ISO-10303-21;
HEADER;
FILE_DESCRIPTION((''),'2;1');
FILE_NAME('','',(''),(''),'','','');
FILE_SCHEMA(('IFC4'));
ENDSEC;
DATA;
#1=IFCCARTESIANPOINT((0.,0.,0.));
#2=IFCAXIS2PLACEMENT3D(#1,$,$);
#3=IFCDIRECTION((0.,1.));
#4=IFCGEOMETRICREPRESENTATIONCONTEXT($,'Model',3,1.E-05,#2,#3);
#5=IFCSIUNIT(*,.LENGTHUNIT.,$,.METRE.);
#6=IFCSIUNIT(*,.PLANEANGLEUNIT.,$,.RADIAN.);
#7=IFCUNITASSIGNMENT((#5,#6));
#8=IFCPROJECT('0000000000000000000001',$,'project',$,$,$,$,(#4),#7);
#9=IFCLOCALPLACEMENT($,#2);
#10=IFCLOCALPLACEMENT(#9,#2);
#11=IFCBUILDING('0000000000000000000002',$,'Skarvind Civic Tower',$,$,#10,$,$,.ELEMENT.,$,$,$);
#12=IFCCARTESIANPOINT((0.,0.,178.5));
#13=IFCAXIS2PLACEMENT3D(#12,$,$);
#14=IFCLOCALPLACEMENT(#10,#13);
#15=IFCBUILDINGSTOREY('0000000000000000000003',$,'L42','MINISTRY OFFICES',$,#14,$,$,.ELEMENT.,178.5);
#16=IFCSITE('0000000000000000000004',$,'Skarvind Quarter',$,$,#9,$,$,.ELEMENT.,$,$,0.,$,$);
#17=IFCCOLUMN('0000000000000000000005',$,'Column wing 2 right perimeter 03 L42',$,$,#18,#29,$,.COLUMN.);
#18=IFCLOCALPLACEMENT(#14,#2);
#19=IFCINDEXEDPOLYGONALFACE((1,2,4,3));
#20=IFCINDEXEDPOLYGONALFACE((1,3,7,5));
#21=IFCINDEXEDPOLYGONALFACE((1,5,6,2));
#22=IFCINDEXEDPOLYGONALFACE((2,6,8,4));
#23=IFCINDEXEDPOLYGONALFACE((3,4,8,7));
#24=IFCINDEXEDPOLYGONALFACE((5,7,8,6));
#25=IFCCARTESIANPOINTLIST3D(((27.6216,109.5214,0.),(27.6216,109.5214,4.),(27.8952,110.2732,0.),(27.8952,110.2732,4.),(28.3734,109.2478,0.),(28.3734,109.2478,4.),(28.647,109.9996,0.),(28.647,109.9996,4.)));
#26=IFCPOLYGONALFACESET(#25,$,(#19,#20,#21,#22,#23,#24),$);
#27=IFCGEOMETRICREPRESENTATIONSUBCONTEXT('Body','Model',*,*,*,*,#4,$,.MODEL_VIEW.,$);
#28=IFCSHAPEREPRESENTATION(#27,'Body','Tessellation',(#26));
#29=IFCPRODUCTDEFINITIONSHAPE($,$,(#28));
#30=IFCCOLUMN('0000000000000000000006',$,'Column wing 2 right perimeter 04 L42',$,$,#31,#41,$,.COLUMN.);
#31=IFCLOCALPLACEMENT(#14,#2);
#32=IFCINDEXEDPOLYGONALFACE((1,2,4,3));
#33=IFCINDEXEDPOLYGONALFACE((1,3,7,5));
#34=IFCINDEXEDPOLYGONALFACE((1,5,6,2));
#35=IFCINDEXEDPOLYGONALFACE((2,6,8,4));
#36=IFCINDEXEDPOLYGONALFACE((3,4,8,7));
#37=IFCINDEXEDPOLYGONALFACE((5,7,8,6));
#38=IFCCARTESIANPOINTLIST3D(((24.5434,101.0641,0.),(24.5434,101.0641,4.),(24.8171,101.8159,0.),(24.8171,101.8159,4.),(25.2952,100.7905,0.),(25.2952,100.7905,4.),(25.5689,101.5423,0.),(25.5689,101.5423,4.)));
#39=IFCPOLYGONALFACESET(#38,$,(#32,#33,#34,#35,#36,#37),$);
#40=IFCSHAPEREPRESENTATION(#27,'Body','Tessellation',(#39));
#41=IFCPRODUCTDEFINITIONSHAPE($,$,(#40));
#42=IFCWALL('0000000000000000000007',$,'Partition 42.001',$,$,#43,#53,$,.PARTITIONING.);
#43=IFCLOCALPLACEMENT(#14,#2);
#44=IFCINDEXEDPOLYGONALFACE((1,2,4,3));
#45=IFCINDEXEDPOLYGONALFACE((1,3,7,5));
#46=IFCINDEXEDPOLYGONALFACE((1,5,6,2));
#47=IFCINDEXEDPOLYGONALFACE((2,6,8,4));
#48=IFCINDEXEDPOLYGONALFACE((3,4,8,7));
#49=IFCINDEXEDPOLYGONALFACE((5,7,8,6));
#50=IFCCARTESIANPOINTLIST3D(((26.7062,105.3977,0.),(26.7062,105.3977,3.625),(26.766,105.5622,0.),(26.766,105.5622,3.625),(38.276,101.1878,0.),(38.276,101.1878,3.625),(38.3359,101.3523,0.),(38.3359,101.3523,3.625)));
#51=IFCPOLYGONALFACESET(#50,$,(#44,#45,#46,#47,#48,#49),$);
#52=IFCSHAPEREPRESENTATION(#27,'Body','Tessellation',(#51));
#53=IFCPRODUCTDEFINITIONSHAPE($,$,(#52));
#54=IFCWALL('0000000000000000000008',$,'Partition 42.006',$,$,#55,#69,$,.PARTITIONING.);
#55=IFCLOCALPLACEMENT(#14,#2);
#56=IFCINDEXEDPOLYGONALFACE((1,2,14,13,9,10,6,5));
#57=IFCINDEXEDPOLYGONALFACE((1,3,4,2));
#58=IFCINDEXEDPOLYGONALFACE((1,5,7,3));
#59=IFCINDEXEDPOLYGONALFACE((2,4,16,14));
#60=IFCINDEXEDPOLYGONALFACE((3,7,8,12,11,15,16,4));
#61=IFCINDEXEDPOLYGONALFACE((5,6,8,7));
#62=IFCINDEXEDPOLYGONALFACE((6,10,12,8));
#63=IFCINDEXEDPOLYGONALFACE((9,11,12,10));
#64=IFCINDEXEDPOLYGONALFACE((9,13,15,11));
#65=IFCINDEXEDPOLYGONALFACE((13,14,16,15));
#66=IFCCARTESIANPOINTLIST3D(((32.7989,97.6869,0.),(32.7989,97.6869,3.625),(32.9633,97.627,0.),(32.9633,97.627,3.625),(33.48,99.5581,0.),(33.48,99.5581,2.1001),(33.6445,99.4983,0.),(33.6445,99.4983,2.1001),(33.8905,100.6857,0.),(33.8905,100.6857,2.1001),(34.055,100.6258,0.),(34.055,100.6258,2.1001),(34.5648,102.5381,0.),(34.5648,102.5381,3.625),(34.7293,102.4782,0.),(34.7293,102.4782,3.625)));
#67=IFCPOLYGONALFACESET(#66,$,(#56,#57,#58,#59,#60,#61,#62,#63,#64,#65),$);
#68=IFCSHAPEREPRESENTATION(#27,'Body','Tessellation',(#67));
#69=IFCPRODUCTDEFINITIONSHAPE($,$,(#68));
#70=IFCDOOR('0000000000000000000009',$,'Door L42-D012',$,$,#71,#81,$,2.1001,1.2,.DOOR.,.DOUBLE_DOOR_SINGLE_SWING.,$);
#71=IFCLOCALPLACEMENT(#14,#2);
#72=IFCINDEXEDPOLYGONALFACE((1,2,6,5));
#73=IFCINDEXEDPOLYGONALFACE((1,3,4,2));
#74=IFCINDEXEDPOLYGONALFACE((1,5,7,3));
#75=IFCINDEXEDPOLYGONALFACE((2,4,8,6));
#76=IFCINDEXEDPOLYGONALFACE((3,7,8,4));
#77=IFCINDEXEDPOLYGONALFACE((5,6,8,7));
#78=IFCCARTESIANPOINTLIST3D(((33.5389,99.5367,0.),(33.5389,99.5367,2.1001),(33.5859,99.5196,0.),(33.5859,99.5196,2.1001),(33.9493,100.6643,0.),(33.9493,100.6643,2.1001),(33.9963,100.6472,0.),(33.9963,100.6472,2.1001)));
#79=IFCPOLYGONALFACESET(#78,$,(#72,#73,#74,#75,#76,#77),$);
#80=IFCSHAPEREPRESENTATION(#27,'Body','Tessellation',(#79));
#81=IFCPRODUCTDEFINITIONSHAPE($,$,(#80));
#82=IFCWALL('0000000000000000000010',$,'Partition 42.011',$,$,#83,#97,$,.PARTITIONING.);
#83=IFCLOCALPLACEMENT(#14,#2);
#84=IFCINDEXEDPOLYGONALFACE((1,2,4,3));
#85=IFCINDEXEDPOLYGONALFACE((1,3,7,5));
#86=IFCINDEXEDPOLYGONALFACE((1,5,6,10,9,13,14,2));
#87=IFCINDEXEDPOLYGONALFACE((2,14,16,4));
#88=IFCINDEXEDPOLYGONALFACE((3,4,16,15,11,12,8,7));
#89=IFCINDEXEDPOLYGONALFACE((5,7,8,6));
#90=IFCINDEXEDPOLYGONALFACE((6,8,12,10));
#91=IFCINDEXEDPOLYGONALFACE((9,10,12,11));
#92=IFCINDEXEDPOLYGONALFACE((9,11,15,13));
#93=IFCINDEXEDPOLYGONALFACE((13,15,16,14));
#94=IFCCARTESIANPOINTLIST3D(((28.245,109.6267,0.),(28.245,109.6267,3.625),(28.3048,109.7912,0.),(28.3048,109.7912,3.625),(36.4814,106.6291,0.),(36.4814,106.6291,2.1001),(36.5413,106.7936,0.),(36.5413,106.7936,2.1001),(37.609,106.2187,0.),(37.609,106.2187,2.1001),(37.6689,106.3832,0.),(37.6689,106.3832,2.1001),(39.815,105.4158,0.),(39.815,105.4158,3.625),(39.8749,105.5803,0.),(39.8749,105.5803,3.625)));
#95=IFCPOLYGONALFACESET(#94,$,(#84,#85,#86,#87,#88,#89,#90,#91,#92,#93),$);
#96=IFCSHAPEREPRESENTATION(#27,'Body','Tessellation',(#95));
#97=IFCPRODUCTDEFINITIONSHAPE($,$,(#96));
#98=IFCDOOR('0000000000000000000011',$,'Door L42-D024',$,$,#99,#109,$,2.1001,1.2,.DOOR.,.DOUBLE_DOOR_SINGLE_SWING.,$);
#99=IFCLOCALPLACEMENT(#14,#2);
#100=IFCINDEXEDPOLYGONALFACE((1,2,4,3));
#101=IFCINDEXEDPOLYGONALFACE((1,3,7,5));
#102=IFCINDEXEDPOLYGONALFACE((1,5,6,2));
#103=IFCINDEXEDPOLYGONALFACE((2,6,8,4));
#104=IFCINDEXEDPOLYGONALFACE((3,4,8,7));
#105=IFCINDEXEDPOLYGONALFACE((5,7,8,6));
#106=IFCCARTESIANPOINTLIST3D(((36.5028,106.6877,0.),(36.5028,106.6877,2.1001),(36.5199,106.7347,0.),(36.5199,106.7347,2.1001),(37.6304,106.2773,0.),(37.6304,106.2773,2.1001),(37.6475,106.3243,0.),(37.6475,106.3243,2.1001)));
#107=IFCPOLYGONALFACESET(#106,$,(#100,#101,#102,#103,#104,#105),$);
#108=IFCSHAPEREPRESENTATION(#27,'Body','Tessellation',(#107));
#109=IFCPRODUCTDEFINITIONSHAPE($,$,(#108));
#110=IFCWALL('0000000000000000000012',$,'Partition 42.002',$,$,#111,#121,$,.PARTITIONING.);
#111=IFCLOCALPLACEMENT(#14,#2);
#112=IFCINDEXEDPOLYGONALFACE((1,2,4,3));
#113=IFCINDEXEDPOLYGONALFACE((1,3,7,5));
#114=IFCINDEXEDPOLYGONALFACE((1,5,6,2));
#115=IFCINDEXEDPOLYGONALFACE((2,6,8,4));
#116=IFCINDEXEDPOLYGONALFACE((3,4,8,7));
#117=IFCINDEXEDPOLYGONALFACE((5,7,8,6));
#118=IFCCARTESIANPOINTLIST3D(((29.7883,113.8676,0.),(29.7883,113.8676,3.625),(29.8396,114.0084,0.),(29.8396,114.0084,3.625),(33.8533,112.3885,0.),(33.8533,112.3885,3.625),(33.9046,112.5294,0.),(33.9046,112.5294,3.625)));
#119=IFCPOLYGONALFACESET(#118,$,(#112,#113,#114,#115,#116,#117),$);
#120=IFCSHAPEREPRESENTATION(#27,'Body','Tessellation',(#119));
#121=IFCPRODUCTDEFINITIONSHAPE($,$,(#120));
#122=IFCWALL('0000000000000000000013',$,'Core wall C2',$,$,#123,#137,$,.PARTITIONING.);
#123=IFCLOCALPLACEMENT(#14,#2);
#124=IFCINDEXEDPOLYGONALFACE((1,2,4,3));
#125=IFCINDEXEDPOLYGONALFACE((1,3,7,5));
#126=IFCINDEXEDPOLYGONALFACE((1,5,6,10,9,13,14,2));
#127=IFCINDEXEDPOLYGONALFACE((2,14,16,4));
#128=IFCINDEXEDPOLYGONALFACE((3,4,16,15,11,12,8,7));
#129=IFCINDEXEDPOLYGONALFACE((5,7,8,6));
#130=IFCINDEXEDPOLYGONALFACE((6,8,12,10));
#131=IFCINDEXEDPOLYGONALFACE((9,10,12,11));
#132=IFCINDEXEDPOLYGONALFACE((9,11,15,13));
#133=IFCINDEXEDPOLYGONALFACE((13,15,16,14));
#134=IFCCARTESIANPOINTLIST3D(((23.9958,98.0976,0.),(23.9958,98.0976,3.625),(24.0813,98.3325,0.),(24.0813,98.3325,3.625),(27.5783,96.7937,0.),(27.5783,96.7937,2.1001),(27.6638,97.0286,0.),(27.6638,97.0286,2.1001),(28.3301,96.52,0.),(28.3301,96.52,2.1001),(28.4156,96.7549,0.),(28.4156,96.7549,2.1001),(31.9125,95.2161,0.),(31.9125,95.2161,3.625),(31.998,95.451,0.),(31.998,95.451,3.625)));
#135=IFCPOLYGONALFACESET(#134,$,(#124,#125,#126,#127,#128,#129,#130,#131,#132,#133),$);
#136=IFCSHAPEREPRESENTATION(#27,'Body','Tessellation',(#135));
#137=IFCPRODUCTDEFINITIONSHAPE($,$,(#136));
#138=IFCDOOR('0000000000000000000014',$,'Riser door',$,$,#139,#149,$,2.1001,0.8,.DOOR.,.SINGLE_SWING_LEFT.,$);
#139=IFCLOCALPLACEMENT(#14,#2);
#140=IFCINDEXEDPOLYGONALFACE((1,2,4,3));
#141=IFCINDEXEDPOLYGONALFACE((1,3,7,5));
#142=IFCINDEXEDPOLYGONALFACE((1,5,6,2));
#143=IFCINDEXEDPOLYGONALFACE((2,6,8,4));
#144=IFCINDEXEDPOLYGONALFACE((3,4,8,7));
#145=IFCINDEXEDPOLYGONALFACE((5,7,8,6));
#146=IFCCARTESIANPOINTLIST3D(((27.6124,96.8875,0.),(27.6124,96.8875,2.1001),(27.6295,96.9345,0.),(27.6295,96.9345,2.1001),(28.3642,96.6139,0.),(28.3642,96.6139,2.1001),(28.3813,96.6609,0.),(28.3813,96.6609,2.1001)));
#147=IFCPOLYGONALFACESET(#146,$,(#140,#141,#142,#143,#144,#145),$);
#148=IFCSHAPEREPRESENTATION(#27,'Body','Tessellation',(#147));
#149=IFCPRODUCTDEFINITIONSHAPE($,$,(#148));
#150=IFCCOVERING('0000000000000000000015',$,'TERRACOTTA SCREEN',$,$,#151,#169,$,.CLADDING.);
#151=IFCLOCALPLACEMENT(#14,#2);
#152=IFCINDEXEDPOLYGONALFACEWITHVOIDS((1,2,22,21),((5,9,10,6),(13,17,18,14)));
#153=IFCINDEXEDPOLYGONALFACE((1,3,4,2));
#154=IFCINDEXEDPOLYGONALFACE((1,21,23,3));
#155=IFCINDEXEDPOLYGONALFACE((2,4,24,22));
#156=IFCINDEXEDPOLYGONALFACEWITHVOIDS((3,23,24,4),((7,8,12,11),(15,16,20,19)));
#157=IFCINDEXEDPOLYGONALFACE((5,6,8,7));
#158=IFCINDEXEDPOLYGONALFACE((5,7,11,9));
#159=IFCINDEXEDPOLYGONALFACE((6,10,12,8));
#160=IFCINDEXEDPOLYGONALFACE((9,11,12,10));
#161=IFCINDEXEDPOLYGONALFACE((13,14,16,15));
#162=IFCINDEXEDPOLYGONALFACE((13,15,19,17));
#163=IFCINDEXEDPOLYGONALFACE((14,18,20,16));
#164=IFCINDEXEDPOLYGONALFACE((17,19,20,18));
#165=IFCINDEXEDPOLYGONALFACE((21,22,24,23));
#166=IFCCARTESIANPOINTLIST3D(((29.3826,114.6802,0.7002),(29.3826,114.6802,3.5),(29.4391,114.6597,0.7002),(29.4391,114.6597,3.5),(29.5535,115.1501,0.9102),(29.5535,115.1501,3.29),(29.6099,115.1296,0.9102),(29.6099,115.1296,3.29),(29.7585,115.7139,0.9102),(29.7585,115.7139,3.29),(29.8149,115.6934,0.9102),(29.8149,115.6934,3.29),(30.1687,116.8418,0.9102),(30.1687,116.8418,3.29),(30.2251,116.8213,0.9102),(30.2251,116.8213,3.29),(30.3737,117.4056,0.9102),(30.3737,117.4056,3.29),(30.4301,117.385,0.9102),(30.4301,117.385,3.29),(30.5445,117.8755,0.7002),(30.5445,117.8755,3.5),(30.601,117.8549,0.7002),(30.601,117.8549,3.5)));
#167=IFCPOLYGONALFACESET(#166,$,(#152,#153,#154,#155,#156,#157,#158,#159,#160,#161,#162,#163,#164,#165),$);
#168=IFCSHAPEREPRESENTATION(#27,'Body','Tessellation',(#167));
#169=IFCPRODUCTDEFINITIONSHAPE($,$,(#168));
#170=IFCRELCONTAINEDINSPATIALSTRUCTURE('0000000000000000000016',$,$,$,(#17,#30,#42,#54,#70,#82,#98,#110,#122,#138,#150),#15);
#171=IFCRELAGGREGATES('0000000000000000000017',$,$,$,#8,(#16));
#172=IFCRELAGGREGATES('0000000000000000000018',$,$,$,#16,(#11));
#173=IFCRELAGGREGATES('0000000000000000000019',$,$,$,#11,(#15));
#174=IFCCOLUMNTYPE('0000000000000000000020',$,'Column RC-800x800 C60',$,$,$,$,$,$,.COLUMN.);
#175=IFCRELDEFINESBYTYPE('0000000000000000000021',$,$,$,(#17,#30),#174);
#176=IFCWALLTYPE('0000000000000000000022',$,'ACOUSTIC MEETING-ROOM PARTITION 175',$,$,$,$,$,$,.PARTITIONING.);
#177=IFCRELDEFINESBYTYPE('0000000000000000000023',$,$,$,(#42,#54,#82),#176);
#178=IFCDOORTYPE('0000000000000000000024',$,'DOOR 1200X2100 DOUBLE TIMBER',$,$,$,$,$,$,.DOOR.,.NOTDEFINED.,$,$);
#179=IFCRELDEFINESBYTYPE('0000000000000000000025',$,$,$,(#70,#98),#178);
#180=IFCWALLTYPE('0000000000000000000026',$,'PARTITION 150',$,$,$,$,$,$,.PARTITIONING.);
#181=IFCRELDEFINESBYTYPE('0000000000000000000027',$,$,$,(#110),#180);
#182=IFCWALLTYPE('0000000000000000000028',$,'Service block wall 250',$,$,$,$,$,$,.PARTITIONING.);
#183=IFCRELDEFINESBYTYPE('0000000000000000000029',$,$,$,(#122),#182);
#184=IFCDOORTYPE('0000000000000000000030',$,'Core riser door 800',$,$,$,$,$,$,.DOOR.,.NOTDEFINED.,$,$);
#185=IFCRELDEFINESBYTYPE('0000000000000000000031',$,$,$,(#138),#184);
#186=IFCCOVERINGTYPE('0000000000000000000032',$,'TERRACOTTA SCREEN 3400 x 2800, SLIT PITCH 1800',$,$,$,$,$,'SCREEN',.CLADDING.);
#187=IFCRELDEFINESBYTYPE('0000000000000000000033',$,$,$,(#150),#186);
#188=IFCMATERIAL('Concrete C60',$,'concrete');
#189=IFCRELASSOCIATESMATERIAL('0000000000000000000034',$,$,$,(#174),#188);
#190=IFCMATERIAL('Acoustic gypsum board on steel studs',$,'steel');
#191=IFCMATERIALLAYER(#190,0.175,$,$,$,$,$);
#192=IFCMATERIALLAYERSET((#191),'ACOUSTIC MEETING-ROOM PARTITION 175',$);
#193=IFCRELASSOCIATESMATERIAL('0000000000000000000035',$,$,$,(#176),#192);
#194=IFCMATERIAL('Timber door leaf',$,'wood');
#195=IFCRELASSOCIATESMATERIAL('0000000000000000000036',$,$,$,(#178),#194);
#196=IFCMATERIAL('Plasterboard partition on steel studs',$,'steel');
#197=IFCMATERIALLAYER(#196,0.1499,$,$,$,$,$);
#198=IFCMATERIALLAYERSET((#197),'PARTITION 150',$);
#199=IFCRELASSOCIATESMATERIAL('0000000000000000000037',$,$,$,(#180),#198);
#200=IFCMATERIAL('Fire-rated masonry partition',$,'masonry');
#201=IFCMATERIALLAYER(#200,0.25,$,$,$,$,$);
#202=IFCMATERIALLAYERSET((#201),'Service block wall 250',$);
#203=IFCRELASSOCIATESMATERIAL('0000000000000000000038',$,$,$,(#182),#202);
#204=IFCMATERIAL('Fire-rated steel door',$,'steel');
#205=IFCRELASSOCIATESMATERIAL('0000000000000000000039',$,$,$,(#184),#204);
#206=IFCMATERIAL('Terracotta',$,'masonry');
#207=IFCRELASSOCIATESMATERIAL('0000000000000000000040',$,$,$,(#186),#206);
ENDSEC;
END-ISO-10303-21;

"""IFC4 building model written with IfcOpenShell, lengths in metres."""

from ifc_helpers import new_model, si_unit, direction, frame, frame_2d, origin, origin_2d, place, context, subcontext, project, spatial, polyline, rectangle, outline, extrude, material, layer, layer_set, material_profile, profile_set, type_object, element, fill, save


model = new_model("IFC4")

# Units and contexts
model_context = context("Model", 3, precision=1e-05, world=origin(), true_north=direction((0.0, 1.0)))
body_context = subcontext(model_context, "Body", "Model", "MODEL_VIEW")
ifc_project = project(units=[si_unit("LENGTHUNIT", "METRE"), si_unit("PLANEANGLEUNIT", "RADIAN")], contexts=[model_context])

# Site, building, storey
site_placement = place(None, origin())
site = spatial("IfcSite", under=ifc_project, at=site_placement, Name="Skarvind Quarter", CompositionType="ELEMENT", RefElevation=0.0)
building_placement = place(site_placement, origin())
building = spatial("IfcBuilding", under=site, at=building_placement, Name="Skarvind Civic Tower", CompositionType="ELEMENT")
storey_placement = place(building_placement, frame((0.0, 0.0, 178.5)))
storey = spatial("IfcBuildingStorey", under=building, at=storey_placement, Name="L42", Description="MINISTRY OFFICES", CompositionType="ELEMENT", Elevation=178.5)

# Columns
ifc_material_1 = material(Name="Concrete C60", Category="concrete")
ifc_material_profile_1 = material_profile(ifc_material_1, rectangle(XDim=0.8, YDim=0.8, at=origin_2d()), Name="RC-800x800")
ifc_profile_set_1 = profile_set([ifc_material_profile_1], Name="Concrete C60")
column_type = type_object("IfcColumnType", Name="Column RC-800x800 C60", PredefinedType="COLUMN", material=ifc_profile_set_1)
for number, where, z_axis, x_axis, name in (
    (1, (28.1343, 109.7605, 0.0), (0.0, 0.0, 1.0), (-0.34202, -0.939693, 0.0), "Column wing 2 right perimeter 03 L42"),
    (2, (25.0562, 101.3032, 0.0), (0.0, 0.0, 1.0), (-0.34202, -0.939693, 0.0), "Column wing 2 right perimeter 04 L42"),
):
    element("IfcColumn", number, at=place(storey_placement, frame(where, z_axis=z_axis, x_axis=x_axis)), inside=storey, type_object=column_type, Name=name, PredefinedType="COLUMN", context=body_context, shape_type="SweptSolid", body=[
        extrude(rectangle(XDim=0.8, YDim=0.8, at=origin_2d()), origin(), (0.0, 0.0, 1.0), 4.0),
    ])

# Wall
ifc_material_2 = material(Name="Acoustic gypsum board on steel studs", Category="steel")
ifc_layer_1 = layer(ifc_material_2, 0.175)
ifc_layer_set_1 = layer_set([ifc_layer_1], Name="ACOUSTIC MEETING-ROOM PARTITION 175")
wall_type_1 = type_object("IfcWallType", Name="ACOUSTIC MEETING-ROOM PARTITION 175", PredefinedType="PARTITIONING", material=ifc_layer_set_1)
wall_1_placement = place(storey_placement, frame((26.7361, 105.48, 0.0), z_axis=(0.0, 0.0, 1.0), x_axis=(0.939722, -0.34194, 0.0)))
element("IfcWall", 3, at=wall_1_placement, inside=storey, type_object=wall_type_1, Name="Partition 42.001", PredefinedType="PARTITIONING", context=body_context, shape_type="SweptSolid", body=[
    extrude(rectangle(XDim=12.312, YDim=0.175, at=frame_2d((6.156, 0.0))), origin(), (0.0, 0.0, 1.0), 3.625),
])

# Walls, openings, doors
wall_2_placement = place(storey_placement, frame((32.8811, 97.657, 0.0), z_axis=(0.0, 0.0, 1.0), x_axis=(0.342058, 0.939679, 0.0)))
wall_2 = element("IfcWall", 4, at=wall_2_placement, inside=storey, type_object=wall_type_1, Name="Partition 42.006", PredefinedType="PARTITIONING", context=body_context, shape_type="SweptSolid", body=[
    extrude(rectangle(XDim=5.1626, YDim=0.175, at=frame_2d((2.5813, 0.0))), origin(), (0.0, 0.0, 1.0), 3.625),
])
opening_1_placement = place(wall_2_placement, frame((1.9912, 0.0, 0.0)))
opening_1 = element("IfcOpeningElement", 5, at=opening_1_placement, cuts=wall_2, PredefinedType="OPENING", context=body_context, shape_type="SweptSolid", body=[
    extrude(rectangle(XDim=1.2, YDim=2.1001, at=frame_2d((0.6001, 1.05))), frame((0.0, 0.0974, 0.0), z_axis=(0.0, -1.0, 0.0), x_axis=(1.0, 0.0, 0.0)), (0.0, 0.0, 1.0), 0.1951),
])
ifc_material_3 = material(Name="Timber door leaf", Category="wood")
door_type_1 = type_object("IfcDoorType", Name="DOOR 1200X2100 DOUBLE TIMBER", OperationType="NOTDEFINED", PredefinedType="DOOR", material=ifc_material_3)
door_1_placement = place(opening_1_placement, origin())
door_1 = element("IfcDoor", 6, at=door_1_placement, inside=storey, type_object=door_type_1, Name="Door L42-D012", OperationType="DOUBLE_DOOR_SINGLE_SWING", OverallHeight=2.1001, OverallWidth=1.2, PredefinedType="DOOR", context=body_context, shape_type="SweptSolid", body=[
    extrude(rectangle(XDim=1.2, YDim=2.1001, at=frame_2d((0.6001, 1.05))), frame((0.0, 0.0249, 0.0), z_axis=(0.0, -1.0, 0.0), x_axis=(1.0, 0.0, 0.0)), (0.0, 0.0, 1.0), 0.05),
])
fill(opening_1, door_1)
wall_3_placement = place(storey_placement, frame((28.2749, 109.709, 0.0), z_axis=(0.0, 0.0, 1.0), x_axis=(0.939698, -0.342004, 0.0)))
wall_3 = element("IfcWall", 7, at=wall_3_placement, inside=storey, type_object=wall_type_1, Name="Partition 42.011", PredefinedType="PARTITIONING", context=body_context, shape_type="SweptSolid", body=[
    extrude(rectangle(XDim=12.3125, YDim=0.175, at=frame_2d((6.1562, 0.0))), origin(), (0.0, 0.0, 1.0), 3.625),
])
opening_2_placement = place(wall_3_placement, frame((8.7649, 0.0, 0.0)))
opening_2 = element("IfcOpeningElement", 8, at=opening_2_placement, cuts=wall_3, PredefinedType="OPENING", context=body_context, shape_type="SweptSolid", body=[
    extrude(rectangle(XDim=1.2, YDim=2.1001, at=frame_2d((0.6001, 1.05))), frame((0.0, 0.0974, 0.0), z_axis=(0.0, -1.0, 0.0), x_axis=(1.0, 0.0, 0.0)), (0.0, 0.0, 1.0), 0.1951),
])
door_2_placement = place(opening_2_placement, origin())
door_2 = element("IfcDoor", 9, at=door_2_placement, inside=storey, type_object=door_type_1, Name="Door L42-D024", OperationType="DOUBLE_DOOR_SINGLE_SWING", OverallHeight=2.1001, OverallWidth=1.2, PredefinedType="DOOR", context=body_context, shape_type="SweptSolid", body=[
    extrude(rectangle(XDim=1.2, YDim=2.1001, at=frame_2d((0.6001, 1.05))), frame((0.0, 0.0249, 0.0), z_axis=(0.0, -1.0, 0.0), x_axis=(1.0, 0.0, 0.0)), (0.0, 0.0, 1.0), 0.05),
])
fill(opening_2, door_2)

# Wall
ifc_material_4 = material(Name="Plasterboard partition on steel studs", Category="steel")
ifc_layer_2 = layer(ifc_material_4, 0.1499)
ifc_layer_set_2 = layer_set([ifc_layer_2], Name="PARTITION 150")
wall_type_2 = type_object("IfcWallType", Name="PARTITION 150", PredefinedType="PARTITIONING", material=ifc_layer_set_2)
wall_4_placement = place(storey_placement, frame((29.814, 113.938, 0.0), z_axis=(0.0, 0.0, 1.0), x_axis=(0.939731, -0.341915, 0.0)))
element("IfcWall", 10, at=wall_4_placement, inside=storey, type_object=wall_type_2, Name="Partition 42.002", PredefinedType="PARTITIONING", context=body_context, shape_type="SweptSolid", body=[
    extrude(rectangle(XDim=4.3257, YDim=0.1499, at=frame_2d((2.1628, 0.0))), origin(), (0.0, 0.0, 1.0), 3.625),
])

# Wall, opening, door
ifc_material_5 = material(Name="Fire-rated masonry partition", Category="masonry")
ifc_layer_3 = layer(ifc_material_5, 0.25)
ifc_layer_set_3 = layer_set([ifc_layer_3], Name="Service block wall 250")
wall_type_3 = type_object("IfcWallType", Name="Service block wall 250", PredefinedType="PARTITIONING", material=ifc_layer_set_3)
wall_5_placement = place(storey_placement, frame((24.0386, 98.2151, 0.0), z_axis=(0.0, 0.0, 1.0), x_axis=(0.939688, -0.342034, 0.0)))
wall_5 = element("IfcWall", 11, at=wall_5_placement, inside=storey, type_object=wall_type_3, Name="Core wall C2", PredefinedType="PARTITIONING", context=body_context, shape_type="SweptSolid", body=[
    extrude(rectangle(XDim=8.4248, YDim=0.25, at=frame_2d((4.2124, 0.0))), origin(), (0.0, 0.0, 1.0), 3.625),
])
opening_3_placement = place(wall_5_placement, frame((3.8125, 0.0, 0.0)))
opening_3 = element("IfcOpeningElement", 12, at=opening_3_placement, cuts=wall_5, PredefinedType="OPENING", context=body_context, shape_type="SweptSolid", body=[
    extrude(rectangle(XDim=0.8, YDim=2.1001, at=frame_2d((0.3999, 1.05))), frame((0.0, 0.135, 0.0), z_axis=(0.0, -1.0, 0.0), x_axis=(1.0, 0.0, 0.0)), (0.0, 0.0, 1.0), 0.27),
])
ifc_material_6 = material(Name="Fire-rated steel door", Category="steel")
door_type_2 = type_object("IfcDoorType", Name="Core riser door 800", OperationType="NOTDEFINED", PredefinedType="DOOR", material=ifc_material_6)
door_3_placement = place(opening_3_placement, origin())
door_3 = element("IfcDoor", 13, at=door_3_placement, inside=storey, type_object=door_type_2, Name="Riser door", OperationType="SINGLE_SWING_LEFT", OverallHeight=2.1001, OverallWidth=0.8, PredefinedType="DOOR", context=body_context, shape_type="SweptSolid", body=[
    extrude(rectangle(XDim=0.8, YDim=2.1001, at=frame_2d((0.3999, 1.05))), frame((0.0, 0.0249, 0.0), z_axis=(0.0, -1.0, 0.0), x_axis=(1.0, 0.0, 0.0)), (0.0, 0.0, 1.0), 0.05),
])
fill(opening_3, door_3)

# Covering
ifc_material_7 = material(Name="Terracotta", Category="masonry")
ifc_material_profile_2 = material_profile(ifc_material_7, outline(polyline([(-1.7, -1.3999), (1.7, -1.3999), (1.7, 1.3999), (-1.7, 1.3999), (-1.7, -1.3999)]), holes=[polyline([(-1.2, -1.1899), (-0.6001, -1.1899), (-0.6001, 1.1899), (-1.2, 1.1899), (-1.2, -1.1899)]), polyline([(0.6001, -1.1899), (1.2, -1.1899), (1.2, 1.1899), (0.6001, 1.1899), (0.6001, -1.1899)])]), Name="TERRACOTTA SCREEN 3400 x 2800, SLIT PITCH 1800")
ifc_profile_set_2 = profile_set([ifc_material_profile_2], Name="Terracotta")
covering_type = type_object("IfcCoveringType", Name="TERRACOTTA SCREEN 3400 x 2800, SLIT PITCH 1800", ElementType="SCREEN", PredefinedType="CLADDING", material=ifc_profile_set_2)
covering_placement = place(storey_placement, frame((30.02, 116.2573, 2.1001), z_axis=(-0.939793, 0.341743, 0.0), x_axis=(-0.341743, -0.939793, 0.0)))
element("IfcCovering", 14, at=covering_placement, inside=storey, type_object=covering_type, Name="TERRACOTTA SCREEN", PredefinedType="CLADDING", context=body_context, shape_type="SweptSolid", body=[
    extrude(outline(polyline([(-1.7, -1.3999), (1.7, -1.3999), (1.7, 1.3999), (-1.7, 1.3999), (-1.7, -1.3999)]), holes=[polyline([(-1.2, -1.1899), (-0.6001, -1.1899), (-0.6001, 1.1899), (-1.2, 1.1899), (-1.2, -1.1899)]), polyline([(0.6001, -1.1899), (1.2, -1.1899), (1.2, 1.1899), (0.6001, 1.1899), (0.6001, -1.1899)])]), origin(), (0.0, 0.0, 1.0), 0.0601),
])

save(model, "model.ifc")
